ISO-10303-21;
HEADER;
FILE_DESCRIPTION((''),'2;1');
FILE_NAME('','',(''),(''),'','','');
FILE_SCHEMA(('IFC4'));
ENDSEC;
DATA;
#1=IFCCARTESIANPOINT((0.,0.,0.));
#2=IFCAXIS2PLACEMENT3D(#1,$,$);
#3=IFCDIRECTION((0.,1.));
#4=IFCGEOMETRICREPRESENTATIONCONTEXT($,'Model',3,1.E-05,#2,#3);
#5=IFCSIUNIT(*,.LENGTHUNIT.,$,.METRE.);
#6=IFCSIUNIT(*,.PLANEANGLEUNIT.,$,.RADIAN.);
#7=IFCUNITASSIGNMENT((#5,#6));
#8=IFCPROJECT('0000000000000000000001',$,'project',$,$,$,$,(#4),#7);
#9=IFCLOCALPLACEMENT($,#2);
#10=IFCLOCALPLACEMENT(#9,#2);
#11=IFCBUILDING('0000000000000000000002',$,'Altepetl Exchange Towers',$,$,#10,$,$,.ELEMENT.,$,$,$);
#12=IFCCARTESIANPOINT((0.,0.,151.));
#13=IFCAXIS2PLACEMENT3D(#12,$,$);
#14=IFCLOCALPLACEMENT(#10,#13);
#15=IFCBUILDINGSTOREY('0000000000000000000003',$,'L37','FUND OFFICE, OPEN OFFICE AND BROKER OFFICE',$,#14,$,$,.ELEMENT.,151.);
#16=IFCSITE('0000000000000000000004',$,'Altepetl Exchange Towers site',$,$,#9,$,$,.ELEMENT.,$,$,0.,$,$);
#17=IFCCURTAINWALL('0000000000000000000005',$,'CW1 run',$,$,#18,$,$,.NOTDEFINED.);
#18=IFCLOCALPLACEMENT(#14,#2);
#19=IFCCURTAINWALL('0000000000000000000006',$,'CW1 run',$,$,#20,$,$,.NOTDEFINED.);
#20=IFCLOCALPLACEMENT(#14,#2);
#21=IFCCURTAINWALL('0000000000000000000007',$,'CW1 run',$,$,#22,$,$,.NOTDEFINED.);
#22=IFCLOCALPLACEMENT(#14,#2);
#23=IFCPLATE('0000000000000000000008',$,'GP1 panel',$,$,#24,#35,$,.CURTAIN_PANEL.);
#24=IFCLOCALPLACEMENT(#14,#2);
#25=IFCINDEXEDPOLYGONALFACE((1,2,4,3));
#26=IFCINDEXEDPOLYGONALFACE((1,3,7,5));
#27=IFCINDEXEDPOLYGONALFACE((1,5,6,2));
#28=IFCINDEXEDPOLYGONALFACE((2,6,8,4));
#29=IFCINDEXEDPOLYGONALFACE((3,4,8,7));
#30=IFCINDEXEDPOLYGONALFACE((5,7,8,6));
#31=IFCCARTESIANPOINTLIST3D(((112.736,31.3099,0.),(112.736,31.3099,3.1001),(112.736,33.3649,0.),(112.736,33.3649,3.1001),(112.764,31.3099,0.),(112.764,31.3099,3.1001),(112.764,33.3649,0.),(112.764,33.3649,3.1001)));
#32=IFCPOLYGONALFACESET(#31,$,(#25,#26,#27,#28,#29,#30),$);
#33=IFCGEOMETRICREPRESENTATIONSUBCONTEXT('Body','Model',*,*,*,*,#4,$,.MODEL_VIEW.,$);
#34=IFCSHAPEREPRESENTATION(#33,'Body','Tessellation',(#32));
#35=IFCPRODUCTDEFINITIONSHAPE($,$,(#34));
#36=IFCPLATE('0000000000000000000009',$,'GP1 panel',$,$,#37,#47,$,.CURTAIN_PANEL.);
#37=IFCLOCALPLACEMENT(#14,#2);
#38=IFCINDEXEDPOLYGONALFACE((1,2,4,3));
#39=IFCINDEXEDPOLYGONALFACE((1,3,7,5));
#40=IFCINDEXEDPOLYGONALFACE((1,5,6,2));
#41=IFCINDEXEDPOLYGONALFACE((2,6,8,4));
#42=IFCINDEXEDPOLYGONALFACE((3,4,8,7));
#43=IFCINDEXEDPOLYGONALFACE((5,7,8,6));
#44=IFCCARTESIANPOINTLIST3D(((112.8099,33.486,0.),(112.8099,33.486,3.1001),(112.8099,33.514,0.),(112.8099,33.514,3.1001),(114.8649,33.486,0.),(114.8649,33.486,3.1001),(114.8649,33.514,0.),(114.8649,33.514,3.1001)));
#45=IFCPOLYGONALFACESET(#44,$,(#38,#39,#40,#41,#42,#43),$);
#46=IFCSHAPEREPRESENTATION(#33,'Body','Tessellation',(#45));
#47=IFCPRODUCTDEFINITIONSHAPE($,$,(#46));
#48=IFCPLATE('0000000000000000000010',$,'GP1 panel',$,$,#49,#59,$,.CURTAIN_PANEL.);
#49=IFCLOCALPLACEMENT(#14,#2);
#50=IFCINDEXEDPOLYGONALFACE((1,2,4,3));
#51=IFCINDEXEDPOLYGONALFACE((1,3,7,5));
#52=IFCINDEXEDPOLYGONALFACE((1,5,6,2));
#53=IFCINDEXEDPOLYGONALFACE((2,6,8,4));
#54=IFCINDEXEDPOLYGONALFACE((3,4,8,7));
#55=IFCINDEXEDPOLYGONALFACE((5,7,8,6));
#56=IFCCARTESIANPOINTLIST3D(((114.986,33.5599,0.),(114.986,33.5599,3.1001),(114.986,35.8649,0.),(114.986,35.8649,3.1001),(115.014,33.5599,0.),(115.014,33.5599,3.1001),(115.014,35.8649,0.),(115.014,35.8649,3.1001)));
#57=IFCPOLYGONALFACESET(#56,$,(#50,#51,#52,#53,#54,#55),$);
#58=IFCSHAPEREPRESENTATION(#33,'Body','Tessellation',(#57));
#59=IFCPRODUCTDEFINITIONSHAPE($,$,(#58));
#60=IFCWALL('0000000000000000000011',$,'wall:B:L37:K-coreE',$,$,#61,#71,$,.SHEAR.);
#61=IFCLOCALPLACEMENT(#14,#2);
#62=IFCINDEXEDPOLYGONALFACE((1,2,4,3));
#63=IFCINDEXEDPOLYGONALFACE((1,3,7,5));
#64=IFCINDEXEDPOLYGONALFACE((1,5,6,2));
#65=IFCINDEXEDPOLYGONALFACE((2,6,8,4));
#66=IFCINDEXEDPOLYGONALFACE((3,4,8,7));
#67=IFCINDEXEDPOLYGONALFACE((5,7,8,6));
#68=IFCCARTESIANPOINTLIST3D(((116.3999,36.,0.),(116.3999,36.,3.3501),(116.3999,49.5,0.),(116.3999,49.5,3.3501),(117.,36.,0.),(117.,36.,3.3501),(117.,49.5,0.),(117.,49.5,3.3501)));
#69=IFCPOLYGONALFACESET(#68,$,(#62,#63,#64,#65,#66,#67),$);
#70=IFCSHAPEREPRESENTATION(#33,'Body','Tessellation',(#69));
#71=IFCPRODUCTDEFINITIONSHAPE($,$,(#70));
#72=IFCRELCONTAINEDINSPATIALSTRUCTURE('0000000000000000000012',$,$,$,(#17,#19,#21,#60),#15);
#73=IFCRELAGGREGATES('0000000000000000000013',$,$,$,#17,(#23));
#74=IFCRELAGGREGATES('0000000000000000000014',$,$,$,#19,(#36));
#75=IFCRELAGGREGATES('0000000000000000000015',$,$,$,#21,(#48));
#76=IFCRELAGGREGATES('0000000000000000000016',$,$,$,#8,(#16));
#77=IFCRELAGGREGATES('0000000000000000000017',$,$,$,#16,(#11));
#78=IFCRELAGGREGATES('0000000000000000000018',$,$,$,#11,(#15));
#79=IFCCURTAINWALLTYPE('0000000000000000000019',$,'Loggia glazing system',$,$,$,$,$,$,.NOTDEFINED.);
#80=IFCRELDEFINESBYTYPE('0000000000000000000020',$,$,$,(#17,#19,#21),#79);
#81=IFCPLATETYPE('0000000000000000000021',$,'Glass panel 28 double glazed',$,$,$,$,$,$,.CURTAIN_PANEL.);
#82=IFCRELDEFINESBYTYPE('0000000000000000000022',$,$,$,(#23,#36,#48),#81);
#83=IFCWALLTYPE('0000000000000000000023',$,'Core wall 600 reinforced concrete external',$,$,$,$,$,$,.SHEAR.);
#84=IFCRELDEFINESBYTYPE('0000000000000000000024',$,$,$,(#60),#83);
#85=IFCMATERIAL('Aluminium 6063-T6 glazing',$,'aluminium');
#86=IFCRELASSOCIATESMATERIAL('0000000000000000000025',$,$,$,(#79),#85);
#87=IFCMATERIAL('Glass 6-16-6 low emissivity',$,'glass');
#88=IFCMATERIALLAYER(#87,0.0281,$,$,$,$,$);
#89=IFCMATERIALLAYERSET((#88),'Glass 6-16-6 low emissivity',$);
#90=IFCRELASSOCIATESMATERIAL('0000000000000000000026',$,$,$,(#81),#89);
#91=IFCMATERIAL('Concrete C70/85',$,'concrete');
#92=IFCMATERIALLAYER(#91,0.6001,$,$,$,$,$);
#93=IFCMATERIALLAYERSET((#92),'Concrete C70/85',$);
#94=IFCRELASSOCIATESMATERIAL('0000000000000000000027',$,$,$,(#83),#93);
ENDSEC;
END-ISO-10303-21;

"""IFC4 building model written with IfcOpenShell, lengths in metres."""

from ifc_helpers import new_model, si_unit, direction, frame, frame_2d, origin, origin_2d, place, context, subcontext, project, spatial, rectangle, extrude, material, layer, layer_set, type_object, element, aggregate, save


model = new_model("IFC4")

# Units and contexts
model_context = context("Model", 3, precision=1e-05, world=origin(), true_north=direction((0.0, 1.0)))
body_context = subcontext(model_context, "Body", "Model", "MODEL_VIEW")
ifc_project = project(units=[si_unit("LENGTHUNIT", "METRE"), si_unit("PLANEANGLEUNIT", "RADIAN")], contexts=[model_context])

# Site, building, storey
site_placement = place(None, origin())
site = spatial("IfcSite", under=ifc_project, at=site_placement, Name="Altepetl Exchange Towers site", CompositionType="ELEMENT", RefElevation=0.0)
building_placement = place(site_placement, origin())
building = spatial("IfcBuilding", under=site, at=building_placement, Name="Altepetl Exchange Towers", CompositionType="ELEMENT")
storey_placement = place(building_placement, frame((0.0, 0.0, 151.0)))
storey = spatial("IfcBuildingStorey", under=building, at=storey_placement, Name="L37", Description="FUND OFFICE, OPEN OFFICE AND BROKER OFFICE", CompositionType="ELEMENT", Elevation=151.0)

# Shared definitions
ifc_material_1 = material(Name="Aluminium 6063-T6 glazing", Category="aluminium")
curtain_wall_type = type_object("IfcCurtainWallType", Name="Loggia glazing system", PredefinedType="NOTDEFINED", material=ifc_material_1)

# Curtain walls
curtain_wall_1_placement = place(storey_placement, origin())
curtain_wall_1 = element("IfcCurtainWall", 1, at=curtain_wall_1_placement, inside=storey, type_object=curtain_wall_type, Name="CW1 run", PredefinedType="NOTDEFINED")
curtain_wall_2_placement = place(storey_placement, origin())
curtain_wall_2 = element("IfcCurtainWall", 2, at=curtain_wall_2_placement, inside=storey, type_object=curtain_wall_type, Name="CW1 run", PredefinedType="NOTDEFINED")
curtain_wall_3_placement = place(storey_placement, origin())
curtain_wall_3 = element("IfcCurtainWall", 3, at=curtain_wall_3_placement, inside=storey, type_object=curtain_wall_type, Name="CW1 run", PredefinedType="NOTDEFINED")

# Plates
ifc_material_2 = material(Name="Glass 6-16-6 low emissivity", Category="glass")
ifc_layer_1 = layer(ifc_material_2, 0.0281)
ifc_layer_set_1 = layer_set([ifc_layer_1], Name="Glass 6-16-6 low emissivity")
plate_type = type_object("IfcPlateType", Name="Glass panel 28 double glazed", PredefinedType="CURTAIN_PANEL", material=ifc_layer_set_1)
plate_1_placement = place(storey_placement, frame((112.75, 32.3374, 0.0), z_axis=(0.0, 0.0, 1.0), x_axis=(0.0, 1.0, 0.0)))
plate_1 = element("IfcPlate", 4, at=plate_1_placement, type_object=plate_type, Name="GP1 panel", PredefinedType="CURTAIN_PANEL", context=body_context, shape_type="SweptSolid", body=[
    extrude(rectangle(XDim=2.0549, YDim=0.0281, at=origin_2d()), origin(), (0.0, 0.0, 1.0), 3.1001),
])
aggregate(curtain_wall_1, [plate_1])
plate_2_placement = place(storey_placement, frame((113.8374, 33.5, 0.0)))
plate_2 = element("IfcPlate", 5, at=plate_2_placement, type_object=plate_type, Name="GP1 panel", PredefinedType="CURTAIN_PANEL", context=body_context, shape_type="SweptSolid", body=[
    extrude(rectangle(XDim=2.0549, YDim=0.0281, at=origin_2d()), origin(), (0.0, 0.0, 1.0), 3.1001),
])
aggregate(curtain_wall_2, [plate_2])
plate_3_placement = place(storey_placement, frame((115.0, 34.7124, 0.0), z_axis=(0.0, 0.0, 1.0), x_axis=(0.0, 1.0, 0.0)))
plate_3 = element("IfcPlate", 6, at=plate_3_placement, type_object=plate_type, Name="GP1 panel", PredefinedType="CURTAIN_PANEL", context=body_context, shape_type="SweptSolid", body=[
    extrude(rectangle(XDim=2.3049, YDim=0.0281, at=origin_2d()), origin(), (0.0, 0.0, 1.0), 3.1001),
])
aggregate(curtain_wall_3, [plate_3])

# Wall
ifc_material_3 = material(Name="Concrete C70/85", Category="concrete")
ifc_layer_2 = layer(ifc_material_3, 0.6001)
ifc_layer_set_2 = layer_set([ifc_layer_2], Name="Concrete C70/85")
wall_type = type_object("IfcWallType", Name="Core wall 600 reinforced concrete external", PredefinedType="SHEAR", material=ifc_layer_set_2)
wall_placement = place(storey_placement, frame((116.7, 36.0, 0.0), z_axis=(0.0, 0.0, 1.0), x_axis=(0.0, 1.0, 0.0)))
element("IfcWall", 7, at=wall_placement, inside=storey, type_object=wall_type, Name="wall:B:L37:K-coreE", PredefinedType="SHEAR", context=body_context, shape_type="SweptSolid", body=[
    extrude(rectangle(XDim=13.5, YDim=0.6001, at=frame_2d((6.75, 0.0))), origin(), (0.0, 0.0, 1.0), 3.3501),
])

save(model, "model.ifc")
